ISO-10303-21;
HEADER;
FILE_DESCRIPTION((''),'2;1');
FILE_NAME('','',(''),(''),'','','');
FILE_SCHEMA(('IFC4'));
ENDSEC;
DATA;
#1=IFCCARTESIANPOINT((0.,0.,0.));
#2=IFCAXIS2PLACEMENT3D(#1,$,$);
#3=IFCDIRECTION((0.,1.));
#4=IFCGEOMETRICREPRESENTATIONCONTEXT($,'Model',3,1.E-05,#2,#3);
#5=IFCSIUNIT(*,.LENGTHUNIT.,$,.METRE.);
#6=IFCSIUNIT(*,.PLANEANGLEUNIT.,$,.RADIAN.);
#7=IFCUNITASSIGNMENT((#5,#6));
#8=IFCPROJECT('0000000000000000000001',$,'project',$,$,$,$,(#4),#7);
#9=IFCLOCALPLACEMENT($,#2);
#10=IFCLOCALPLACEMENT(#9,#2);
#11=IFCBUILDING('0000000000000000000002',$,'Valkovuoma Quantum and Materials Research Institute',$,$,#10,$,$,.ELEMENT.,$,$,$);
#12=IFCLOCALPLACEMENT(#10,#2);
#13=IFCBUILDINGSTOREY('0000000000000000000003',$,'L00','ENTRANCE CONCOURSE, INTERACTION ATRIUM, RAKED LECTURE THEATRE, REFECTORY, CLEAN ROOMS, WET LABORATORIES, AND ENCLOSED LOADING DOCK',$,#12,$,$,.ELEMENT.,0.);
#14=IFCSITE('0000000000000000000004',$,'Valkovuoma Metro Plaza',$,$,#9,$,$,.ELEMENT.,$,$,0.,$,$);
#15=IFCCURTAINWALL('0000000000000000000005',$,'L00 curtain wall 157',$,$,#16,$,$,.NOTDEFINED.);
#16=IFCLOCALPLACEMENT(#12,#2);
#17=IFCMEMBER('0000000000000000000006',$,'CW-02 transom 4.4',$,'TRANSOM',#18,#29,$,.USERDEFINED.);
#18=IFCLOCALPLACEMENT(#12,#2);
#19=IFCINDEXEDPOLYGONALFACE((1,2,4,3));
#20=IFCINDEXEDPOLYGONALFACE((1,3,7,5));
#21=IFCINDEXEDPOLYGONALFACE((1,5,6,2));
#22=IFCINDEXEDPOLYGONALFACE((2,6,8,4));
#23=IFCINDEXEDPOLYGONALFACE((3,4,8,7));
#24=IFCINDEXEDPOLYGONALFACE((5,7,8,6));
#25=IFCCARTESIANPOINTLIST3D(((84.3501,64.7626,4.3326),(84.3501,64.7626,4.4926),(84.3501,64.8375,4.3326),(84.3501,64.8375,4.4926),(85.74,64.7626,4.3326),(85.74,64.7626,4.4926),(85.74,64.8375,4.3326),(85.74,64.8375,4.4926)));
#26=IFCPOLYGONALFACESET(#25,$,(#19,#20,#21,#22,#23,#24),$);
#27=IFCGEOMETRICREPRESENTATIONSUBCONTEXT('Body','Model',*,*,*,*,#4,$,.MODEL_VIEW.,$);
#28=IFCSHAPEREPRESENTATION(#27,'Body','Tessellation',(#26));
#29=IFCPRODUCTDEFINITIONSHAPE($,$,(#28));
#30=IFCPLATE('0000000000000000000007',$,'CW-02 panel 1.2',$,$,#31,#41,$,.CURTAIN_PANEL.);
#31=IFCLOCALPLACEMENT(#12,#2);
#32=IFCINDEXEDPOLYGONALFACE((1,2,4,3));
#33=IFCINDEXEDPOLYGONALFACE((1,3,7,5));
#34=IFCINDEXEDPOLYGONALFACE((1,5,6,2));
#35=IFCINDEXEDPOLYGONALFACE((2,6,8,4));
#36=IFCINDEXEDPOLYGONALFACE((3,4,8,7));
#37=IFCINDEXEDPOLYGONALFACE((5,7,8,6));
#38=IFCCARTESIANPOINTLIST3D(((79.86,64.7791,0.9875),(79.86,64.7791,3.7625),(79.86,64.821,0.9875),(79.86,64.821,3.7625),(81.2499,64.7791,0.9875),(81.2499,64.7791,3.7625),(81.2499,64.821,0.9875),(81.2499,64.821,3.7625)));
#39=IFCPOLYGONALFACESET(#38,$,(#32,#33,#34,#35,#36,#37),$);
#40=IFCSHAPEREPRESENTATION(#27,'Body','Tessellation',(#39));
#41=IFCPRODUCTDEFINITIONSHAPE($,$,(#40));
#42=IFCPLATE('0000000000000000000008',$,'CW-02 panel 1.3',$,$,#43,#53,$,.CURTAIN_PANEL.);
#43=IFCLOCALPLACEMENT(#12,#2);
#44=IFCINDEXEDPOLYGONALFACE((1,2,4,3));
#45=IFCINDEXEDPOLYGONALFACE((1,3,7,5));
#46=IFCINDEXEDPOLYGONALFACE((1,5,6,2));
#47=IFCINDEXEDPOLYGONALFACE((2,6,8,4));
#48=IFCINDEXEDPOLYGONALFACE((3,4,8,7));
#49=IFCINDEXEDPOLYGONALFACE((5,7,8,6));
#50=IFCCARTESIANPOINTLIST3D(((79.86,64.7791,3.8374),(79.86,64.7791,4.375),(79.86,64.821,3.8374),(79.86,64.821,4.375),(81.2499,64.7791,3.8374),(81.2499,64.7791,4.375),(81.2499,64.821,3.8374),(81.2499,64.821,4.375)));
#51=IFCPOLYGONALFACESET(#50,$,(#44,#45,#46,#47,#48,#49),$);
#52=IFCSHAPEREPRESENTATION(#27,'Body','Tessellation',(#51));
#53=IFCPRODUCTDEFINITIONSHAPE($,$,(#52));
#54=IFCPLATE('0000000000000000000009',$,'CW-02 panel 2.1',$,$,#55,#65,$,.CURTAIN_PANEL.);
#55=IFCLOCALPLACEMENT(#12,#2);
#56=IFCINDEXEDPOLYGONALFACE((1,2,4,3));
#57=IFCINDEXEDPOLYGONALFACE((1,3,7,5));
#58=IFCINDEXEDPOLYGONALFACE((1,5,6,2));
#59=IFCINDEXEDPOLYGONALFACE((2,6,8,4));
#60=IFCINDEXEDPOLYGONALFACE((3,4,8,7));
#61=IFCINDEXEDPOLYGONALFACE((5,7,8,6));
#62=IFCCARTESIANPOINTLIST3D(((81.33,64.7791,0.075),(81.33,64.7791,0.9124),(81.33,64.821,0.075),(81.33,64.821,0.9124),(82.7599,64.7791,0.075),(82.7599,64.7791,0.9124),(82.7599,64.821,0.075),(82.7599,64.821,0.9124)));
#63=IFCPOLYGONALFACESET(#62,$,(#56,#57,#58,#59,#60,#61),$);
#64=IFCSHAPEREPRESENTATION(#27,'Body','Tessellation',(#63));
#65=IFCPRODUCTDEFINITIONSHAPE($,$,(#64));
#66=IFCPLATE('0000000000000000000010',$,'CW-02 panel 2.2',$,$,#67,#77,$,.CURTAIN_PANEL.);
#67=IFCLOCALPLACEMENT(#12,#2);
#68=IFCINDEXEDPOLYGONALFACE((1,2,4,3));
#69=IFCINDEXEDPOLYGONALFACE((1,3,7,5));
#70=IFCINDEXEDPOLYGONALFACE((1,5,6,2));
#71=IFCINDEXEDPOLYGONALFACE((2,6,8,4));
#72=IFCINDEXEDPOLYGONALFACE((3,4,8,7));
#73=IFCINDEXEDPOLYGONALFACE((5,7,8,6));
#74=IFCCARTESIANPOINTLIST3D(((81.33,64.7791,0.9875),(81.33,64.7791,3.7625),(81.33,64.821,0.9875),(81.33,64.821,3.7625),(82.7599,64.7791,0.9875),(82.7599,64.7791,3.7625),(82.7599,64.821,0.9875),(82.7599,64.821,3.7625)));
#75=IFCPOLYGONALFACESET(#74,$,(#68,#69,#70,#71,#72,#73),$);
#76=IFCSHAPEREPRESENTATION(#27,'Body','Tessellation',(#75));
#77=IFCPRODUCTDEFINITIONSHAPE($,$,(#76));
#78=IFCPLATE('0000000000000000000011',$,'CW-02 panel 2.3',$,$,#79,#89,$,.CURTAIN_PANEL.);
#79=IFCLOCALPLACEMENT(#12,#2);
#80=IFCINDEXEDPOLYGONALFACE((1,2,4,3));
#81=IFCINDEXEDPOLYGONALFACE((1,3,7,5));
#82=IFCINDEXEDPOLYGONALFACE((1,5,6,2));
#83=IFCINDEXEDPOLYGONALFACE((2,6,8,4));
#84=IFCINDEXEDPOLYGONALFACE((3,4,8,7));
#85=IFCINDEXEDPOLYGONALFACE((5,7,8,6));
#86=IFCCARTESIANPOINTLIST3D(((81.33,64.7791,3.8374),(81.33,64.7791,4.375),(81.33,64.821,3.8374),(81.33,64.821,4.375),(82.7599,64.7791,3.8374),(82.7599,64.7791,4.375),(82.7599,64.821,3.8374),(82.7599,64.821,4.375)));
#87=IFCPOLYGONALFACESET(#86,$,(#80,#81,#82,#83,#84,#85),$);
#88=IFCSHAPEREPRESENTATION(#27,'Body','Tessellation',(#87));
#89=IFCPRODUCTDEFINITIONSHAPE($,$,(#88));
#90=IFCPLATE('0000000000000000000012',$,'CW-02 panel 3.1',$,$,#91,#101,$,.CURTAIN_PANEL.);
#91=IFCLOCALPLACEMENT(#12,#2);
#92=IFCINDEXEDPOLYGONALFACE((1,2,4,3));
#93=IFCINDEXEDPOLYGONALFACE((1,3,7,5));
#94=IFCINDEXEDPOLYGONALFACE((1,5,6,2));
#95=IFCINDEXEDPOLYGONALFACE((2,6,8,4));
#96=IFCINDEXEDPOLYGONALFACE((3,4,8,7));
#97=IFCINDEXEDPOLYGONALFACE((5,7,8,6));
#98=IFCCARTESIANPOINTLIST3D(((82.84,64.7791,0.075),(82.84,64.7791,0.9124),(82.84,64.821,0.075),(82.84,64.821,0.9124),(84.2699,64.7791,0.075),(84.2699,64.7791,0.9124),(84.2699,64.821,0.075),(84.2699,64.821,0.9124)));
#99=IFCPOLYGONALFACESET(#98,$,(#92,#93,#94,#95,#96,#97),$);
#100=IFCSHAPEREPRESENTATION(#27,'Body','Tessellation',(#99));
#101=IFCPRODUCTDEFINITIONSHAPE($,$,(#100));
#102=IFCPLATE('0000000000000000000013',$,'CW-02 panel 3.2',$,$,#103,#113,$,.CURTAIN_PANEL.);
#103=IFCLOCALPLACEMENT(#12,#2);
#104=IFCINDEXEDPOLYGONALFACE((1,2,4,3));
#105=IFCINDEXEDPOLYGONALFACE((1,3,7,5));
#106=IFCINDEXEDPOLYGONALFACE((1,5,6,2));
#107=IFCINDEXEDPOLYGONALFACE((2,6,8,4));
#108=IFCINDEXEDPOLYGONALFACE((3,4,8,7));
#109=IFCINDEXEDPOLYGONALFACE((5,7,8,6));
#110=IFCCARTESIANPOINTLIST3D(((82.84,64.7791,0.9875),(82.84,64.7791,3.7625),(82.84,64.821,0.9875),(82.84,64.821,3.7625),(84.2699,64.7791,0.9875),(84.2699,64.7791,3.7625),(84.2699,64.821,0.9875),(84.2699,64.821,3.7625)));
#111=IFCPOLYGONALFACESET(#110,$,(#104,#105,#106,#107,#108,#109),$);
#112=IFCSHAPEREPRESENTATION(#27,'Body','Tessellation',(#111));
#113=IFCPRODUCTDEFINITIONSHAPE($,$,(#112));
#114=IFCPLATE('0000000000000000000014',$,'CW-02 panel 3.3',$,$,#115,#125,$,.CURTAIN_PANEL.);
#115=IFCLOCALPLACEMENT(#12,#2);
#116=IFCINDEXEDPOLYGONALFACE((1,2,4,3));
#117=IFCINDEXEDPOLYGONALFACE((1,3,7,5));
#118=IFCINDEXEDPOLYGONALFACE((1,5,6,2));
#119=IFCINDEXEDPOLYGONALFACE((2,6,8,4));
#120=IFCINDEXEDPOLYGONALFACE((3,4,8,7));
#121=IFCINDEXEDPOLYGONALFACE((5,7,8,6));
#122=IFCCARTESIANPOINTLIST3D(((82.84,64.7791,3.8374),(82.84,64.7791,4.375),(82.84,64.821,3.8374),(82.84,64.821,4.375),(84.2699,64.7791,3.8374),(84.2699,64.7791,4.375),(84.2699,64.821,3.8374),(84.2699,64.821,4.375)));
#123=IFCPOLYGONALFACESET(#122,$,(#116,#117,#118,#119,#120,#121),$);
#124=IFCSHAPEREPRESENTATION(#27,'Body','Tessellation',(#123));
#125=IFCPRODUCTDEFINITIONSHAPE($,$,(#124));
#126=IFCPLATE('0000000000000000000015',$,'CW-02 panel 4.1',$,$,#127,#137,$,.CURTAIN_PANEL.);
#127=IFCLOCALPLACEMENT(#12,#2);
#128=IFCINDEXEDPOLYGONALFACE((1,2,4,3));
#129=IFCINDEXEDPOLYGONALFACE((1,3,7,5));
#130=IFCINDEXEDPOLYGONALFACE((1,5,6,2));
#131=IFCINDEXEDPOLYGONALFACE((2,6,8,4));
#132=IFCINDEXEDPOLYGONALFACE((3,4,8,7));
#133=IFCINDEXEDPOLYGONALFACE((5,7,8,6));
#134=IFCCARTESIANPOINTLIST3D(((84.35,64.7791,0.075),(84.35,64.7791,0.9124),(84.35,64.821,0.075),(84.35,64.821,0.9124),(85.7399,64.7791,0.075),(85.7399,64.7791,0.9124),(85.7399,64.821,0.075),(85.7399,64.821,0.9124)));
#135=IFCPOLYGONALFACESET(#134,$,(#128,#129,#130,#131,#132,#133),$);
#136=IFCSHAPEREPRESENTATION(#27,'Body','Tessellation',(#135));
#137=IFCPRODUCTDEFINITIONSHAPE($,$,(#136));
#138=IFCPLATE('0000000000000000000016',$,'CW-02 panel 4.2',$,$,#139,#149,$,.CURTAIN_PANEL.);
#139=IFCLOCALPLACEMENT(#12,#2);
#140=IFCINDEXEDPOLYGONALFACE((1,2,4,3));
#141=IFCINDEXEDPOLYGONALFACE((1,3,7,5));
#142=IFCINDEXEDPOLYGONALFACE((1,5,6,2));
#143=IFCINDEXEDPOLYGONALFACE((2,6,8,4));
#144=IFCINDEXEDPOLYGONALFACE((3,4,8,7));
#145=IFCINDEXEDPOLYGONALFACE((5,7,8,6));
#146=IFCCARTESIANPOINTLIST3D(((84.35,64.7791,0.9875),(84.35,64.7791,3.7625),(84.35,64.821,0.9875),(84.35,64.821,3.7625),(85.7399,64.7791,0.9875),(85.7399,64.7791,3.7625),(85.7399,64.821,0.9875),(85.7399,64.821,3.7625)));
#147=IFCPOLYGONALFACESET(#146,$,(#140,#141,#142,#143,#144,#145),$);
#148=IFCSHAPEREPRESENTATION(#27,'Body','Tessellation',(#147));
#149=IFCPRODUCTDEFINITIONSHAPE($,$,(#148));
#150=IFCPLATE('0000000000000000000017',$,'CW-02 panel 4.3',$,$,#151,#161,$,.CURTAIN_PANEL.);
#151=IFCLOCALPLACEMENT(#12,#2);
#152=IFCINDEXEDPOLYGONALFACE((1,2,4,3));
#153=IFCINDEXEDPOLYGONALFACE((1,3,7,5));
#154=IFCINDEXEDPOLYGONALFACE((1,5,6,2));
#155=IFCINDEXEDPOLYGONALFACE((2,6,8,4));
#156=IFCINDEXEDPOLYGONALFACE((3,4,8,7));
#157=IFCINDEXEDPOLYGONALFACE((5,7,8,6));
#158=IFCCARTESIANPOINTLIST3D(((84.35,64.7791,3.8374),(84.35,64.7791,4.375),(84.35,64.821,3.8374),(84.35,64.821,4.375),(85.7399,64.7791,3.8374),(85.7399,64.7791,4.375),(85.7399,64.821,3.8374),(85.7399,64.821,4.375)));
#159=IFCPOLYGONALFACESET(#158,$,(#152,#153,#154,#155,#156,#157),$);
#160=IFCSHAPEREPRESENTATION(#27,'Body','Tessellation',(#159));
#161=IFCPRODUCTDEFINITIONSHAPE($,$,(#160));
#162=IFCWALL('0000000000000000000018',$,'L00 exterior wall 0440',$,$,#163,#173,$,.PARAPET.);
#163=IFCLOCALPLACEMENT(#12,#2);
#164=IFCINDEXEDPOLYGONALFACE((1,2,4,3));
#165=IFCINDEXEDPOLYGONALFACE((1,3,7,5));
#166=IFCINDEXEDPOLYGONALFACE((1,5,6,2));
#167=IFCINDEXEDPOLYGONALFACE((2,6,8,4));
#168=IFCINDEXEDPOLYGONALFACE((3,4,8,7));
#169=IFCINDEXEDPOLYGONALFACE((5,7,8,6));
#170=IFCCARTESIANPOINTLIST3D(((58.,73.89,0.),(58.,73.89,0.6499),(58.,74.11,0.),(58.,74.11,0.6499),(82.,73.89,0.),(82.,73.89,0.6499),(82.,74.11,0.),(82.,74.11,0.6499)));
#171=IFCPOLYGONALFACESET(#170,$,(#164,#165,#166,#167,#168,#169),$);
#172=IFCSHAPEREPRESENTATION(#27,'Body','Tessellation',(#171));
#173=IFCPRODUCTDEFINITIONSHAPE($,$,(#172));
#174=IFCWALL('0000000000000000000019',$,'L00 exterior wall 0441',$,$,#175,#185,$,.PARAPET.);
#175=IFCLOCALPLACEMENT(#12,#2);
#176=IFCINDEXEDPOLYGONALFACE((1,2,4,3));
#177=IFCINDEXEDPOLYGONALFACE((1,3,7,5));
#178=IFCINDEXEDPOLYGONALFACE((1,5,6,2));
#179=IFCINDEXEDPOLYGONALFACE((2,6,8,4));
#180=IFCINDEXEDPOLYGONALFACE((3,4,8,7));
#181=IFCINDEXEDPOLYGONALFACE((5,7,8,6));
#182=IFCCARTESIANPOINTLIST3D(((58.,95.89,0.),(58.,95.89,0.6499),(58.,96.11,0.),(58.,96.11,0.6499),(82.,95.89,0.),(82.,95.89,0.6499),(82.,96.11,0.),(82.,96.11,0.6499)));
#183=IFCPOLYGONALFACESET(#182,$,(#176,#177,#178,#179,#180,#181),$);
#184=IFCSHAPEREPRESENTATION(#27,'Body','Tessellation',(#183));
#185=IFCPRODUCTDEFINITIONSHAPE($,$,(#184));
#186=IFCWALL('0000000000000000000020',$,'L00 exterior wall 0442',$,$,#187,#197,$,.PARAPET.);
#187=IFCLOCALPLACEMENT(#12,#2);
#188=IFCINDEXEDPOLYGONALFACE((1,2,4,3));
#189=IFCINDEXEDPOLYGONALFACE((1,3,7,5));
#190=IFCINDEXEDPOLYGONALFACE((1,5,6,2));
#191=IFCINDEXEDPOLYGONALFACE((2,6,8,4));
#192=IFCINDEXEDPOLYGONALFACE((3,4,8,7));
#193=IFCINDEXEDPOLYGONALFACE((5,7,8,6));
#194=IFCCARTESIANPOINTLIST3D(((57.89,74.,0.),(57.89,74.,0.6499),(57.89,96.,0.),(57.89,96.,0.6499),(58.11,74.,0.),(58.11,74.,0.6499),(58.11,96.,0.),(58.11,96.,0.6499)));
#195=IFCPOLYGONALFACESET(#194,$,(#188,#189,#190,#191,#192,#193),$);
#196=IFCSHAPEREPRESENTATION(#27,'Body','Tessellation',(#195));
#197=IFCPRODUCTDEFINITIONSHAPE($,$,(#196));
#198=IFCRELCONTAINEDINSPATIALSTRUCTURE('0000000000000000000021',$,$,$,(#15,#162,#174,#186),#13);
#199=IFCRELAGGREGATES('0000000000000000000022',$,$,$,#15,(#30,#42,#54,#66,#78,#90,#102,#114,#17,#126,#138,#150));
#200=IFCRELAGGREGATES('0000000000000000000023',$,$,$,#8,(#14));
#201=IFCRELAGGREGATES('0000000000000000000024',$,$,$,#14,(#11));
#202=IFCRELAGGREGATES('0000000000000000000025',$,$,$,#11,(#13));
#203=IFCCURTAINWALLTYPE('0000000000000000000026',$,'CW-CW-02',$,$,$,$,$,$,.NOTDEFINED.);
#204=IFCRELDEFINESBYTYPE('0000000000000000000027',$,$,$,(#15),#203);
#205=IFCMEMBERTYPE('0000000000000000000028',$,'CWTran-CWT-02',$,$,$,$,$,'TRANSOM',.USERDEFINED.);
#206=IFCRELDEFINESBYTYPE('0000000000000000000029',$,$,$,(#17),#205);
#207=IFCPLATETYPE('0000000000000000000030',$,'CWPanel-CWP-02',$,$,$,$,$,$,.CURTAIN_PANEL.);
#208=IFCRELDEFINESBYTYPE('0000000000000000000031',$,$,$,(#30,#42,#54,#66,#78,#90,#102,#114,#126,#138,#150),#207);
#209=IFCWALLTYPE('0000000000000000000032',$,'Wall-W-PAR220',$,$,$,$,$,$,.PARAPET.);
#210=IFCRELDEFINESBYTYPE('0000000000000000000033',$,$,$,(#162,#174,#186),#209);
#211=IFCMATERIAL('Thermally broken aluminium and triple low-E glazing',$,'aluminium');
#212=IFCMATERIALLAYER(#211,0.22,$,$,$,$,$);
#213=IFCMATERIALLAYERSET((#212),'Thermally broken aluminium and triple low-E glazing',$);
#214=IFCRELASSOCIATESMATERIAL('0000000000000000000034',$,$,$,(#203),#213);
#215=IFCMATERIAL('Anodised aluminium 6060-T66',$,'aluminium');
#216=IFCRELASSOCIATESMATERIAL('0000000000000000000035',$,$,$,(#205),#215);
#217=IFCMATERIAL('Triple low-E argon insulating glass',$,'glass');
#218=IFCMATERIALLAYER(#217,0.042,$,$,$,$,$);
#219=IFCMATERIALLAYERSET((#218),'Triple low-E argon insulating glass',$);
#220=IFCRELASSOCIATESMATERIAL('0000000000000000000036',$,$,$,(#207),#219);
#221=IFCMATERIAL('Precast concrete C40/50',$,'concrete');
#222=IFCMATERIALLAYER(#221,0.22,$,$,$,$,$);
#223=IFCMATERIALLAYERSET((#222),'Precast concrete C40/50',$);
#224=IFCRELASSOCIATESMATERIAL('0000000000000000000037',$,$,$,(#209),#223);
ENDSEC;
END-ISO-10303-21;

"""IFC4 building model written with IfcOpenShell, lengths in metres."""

from ifc_helpers import new_model, si_unit, direction, frame, frame_2d, origin, origin_2d, place, context, subcontext, project, spatial, rectangle, extrude, material, layer, layer_set, material_profile, profile_set, type_object, element, aggregate, save


model = new_model("IFC4")

# Units and contexts
model_context = context("Model", 3, precision=1e-05, world=origin(), true_north=direction((0.0, 1.0)))
body_context = subcontext(model_context, "Body", "Model", "MODEL_VIEW")
ifc_project = project(units=[si_unit("LENGTHUNIT", "METRE"), si_unit("PLANEANGLEUNIT", "RADIAN")], contexts=[model_context])

# Site, building, storey
site_placement = place(None, origin())
site = spatial("IfcSite", under=ifc_project, at=site_placement, Name="Valkovuoma Metro Plaza", CompositionType="ELEMENT", RefElevation=0.0)
building_placement = place(site_placement, origin())
building = spatial("IfcBuilding", under=site, at=building_placement, Name="Valkovuoma Quantum and Materials Research Institute", CompositionType="ELEMENT")
storey_placement = place(building_placement, origin())
storey = spatial("IfcBuildingStorey", under=building, at=storey_placement, Name="L00", Description="ENTRANCE CONCOURSE, INTERACTION ATRIUM, RAKED LECTURE THEATRE, REFECTORY, CLEAN ROOMS, WET LABORATORIES, AND ENCLOSED LOADING DOCK", CompositionType="ELEMENT", Elevation=0.0)

# Curtain wall, member, plates
ifc_material_1 = material(Name="Thermally broken aluminium and triple low-E glazing", Category="aluminium")
ifc_layer_1 = layer(ifc_material_1, 0.22)
ifc_layer_set_1 = layer_set([ifc_layer_1], Name="Thermally broken aluminium and triple low-E glazing")
curtain_wall_type = type_object("IfcCurtainWallType", Name="CW-CW-02", PredefinedType="NOTDEFINED", material=ifc_layer_set_1)
curtain_wall_placement = place(storey_placement, origin())
curtain_wall = element("IfcCurtainWall", 1, at=curtain_wall_placement, inside=storey, type_object=curtain_wall_type, Name="L00 curtain wall 157", PredefinedType="NOTDEFINED")
ifc_material_2 = material(Name="Anodised aluminium 6060-T66", Category="aluminium")
ifc_material_profile_1 = material_profile(ifc_material_2, rectangle(XDim=0.075, YDim=0.1599, at=origin_2d()), Name="Anodised aluminium 6060-T66")
ifc_profile_set_1 = profile_set([ifc_material_profile_1], Name="Anodised aluminium 6060-T66")
member_type_1 = type_object("IfcMemberType", Name="CWTran-CWT-02", ElementType="TRANSOM", PredefinedType="USERDEFINED", material=ifc_profile_set_1)
member_1_placement = place(storey_placement, frame((84.3501, 64.8, 4.4126), z_axis=(1.0, 0.0, 0.0), x_axis=(0.0, 1.0, 0.0)))
member_1 = element("IfcMember", 2, at=member_1_placement, type_object=member_type_1, Name="CW-02 transom 4.4", ObjectType="TRANSOM", PredefinedType="USERDEFINED", context=body_context, shape_type="SweptSolid", body=[
    extrude(rectangle(XDim=0.075, YDim=0.1599, at=origin_2d()), origin(), (0.0, 0.0, 1.0), 1.3899),
])
ifc_material_3 = material(Name="Triple low-E argon insulating glass", Category="glass")
ifc_layer_2 = layer(ifc_material_3, 0.042)
ifc_layer_set_2 = layer_set([ifc_layer_2], Name="Triple low-E argon insulating glass")
plate_type = type_object("IfcPlateType", Name="CWPanel-CWP-02", PredefinedType="CURTAIN_PANEL", material=ifc_layer_set_2)
plate_1_placement = place(storey_placement, frame((80.5549, 64.8, 0.9875), z_axis=(0.0, 0.0, 1.0), x_axis=(1.0, 0.0, 0.0)))
plate_1 = element("IfcPlate", 3, at=plate_1_placement, type_object=plate_type, Name="CW-02 panel 1.2", PredefinedType="CURTAIN_PANEL", context=body_context, shape_type="SweptSolid", body=[
    extrude(rectangle(XDim=1.3899, YDim=0.042, at=origin_2d()), origin(), (0.0, 0.0, 1.0), 2.7749),
])
plate_2_placement = place(storey_placement, frame((80.5549, 64.8, 3.8374), z_axis=(0.0, 0.0, 1.0), x_axis=(1.0, 0.0, 0.0)))
plate_2 = element("IfcPlate", 4, at=plate_2_placement, type_object=plate_type, Name="CW-02 panel 1.3", PredefinedType="CURTAIN_PANEL", context=body_context, shape_type="SweptSolid", body=[
    extrude(rectangle(XDim=1.3899, YDim=0.042, at=origin_2d()), origin(), (0.0, 0.0, 1.0), 0.5376),
])
plate_3_placement = place(storey_placement, frame((82.0449, 64.8, 0.075), z_axis=(0.0, 0.0, 1.0), x_axis=(1.0, 0.0, 0.0)))
plate_3 = element("IfcPlate", 5, at=plate_3_placement, type_object=plate_type, Name="CW-02 panel 2.1", PredefinedType="CURTAIN_PANEL", context=body_context, shape_type="SweptSolid", body=[
    extrude(rectangle(XDim=1.4299, YDim=0.042, at=origin_2d()), origin(), (0.0, 0.0, 1.0), 0.8374),
])
plate_4_placement = place(storey_placement, frame((82.0449, 64.8, 0.9875), z_axis=(0.0, 0.0, 1.0), x_axis=(1.0, 0.0, 0.0)))
plate_4 = element("IfcPlate", 6, at=plate_4_placement, type_object=plate_type, Name="CW-02 panel 2.2", PredefinedType="CURTAIN_PANEL", context=body_context, shape_type="SweptSolid", body=[
    extrude(rectangle(XDim=1.4299, YDim=0.042, at=origin_2d()), origin(), (0.0, 0.0, 1.0), 2.7749),
])
plate_5_placement = place(storey_placement, frame((82.0449, 64.8, 3.8374), z_axis=(0.0, 0.0, 1.0), x_axis=(1.0, 0.0, 0.0)))
plate_5 = element("IfcPlate", 7, at=plate_5_placement, type_object=plate_type, Name="CW-02 panel 2.3", PredefinedType="CURTAIN_PANEL", context=body_context, shape_type="SweptSolid", body=[
    extrude(rectangle(XDim=1.4299, YDim=0.042, at=origin_2d()), origin(), (0.0, 0.0, 1.0), 0.5376),
])
plate_6_placement = place(storey_placement, frame((83.5549, 64.8, 0.075), z_axis=(0.0, 0.0, 1.0), x_axis=(1.0, 0.0, 0.0)))
plate_6 = element("IfcPlate", 8, at=plate_6_placement, type_object=plate_type, Name="CW-02 panel 3.1", PredefinedType="CURTAIN_PANEL", context=body_context, shape_type="SweptSolid", body=[
    extrude(rectangle(XDim=1.4299, YDim=0.042, at=origin_2d()), origin(), (0.0, 0.0, 1.0), 0.8374),
])
plate_7_placement = place(storey_placement, frame((83.5549, 64.8, 0.9875), z_axis=(0.0, 0.0, 1.0), x_axis=(1.0, 0.0, 0.0)))
plate_7 = element("IfcPlate", 9, at=plate_7_placement, type_object=plate_type, Name="CW-02 panel 3.2", PredefinedType="CURTAIN_PANEL", context=body_context, shape_type="SweptSolid", body=[
    extrude(rectangle(XDim=1.4299, YDim=0.042, at=origin_2d()), origin(), (0.0, 0.0, 1.0), 2.7749),
])
plate_8_placement = place(storey_placement, frame((83.5549, 64.8, 3.8374), z_axis=(0.0, 0.0, 1.0), x_axis=(1.0, 0.0, 0.0)))
plate_8 = element("IfcPlate", 10, at=plate_8_placement, type_object=plate_type, Name="CW-02 panel 3.3", PredefinedType="CURTAIN_PANEL", context=body_context, shape_type="SweptSolid", body=[
    extrude(rectangle(XDim=1.4299, YDim=0.042, at=origin_2d()), origin(), (0.0, 0.0, 1.0), 0.5376),
])
plate_9_placement = place(storey_placement, frame((85.0449, 64.8, 0.075), z_axis=(0.0, 0.0, 1.0), x_axis=(1.0, 0.0, 0.0)))
plate_9 = element("IfcPlate", 11, at=plate_9_placement, type_object=plate_type, Name="CW-02 panel 4.1", PredefinedType="CURTAIN_PANEL", context=body_context, shape_type="SweptSolid", body=[
    extrude(rectangle(XDim=1.3899, YDim=0.042, at=origin_2d()), origin(), (0.0, 0.0, 1.0), 0.8374),
])
plate_10_placement = place(storey_placement, frame((85.0449, 64.8, 0.9875), z_axis=(0.0, 0.0, 1.0), x_axis=(1.0, 0.0, 0.0)))
plate_10 = element("IfcPlate", 12, at=plate_10_placement, type_object=plate_type, Name="CW-02 panel 4.2", PredefinedType="CURTAIN_PANEL", context=body_context, shape_type="SweptSolid", body=[
    extrude(rectangle(XDim=1.3899, YDim=0.042, at=origin_2d()), origin(), (0.0, 0.0, 1.0), 2.7749),
])
plate_11_placement = place(storey_placement, frame((85.0449, 64.8, 3.8374), z_axis=(0.0, 0.0, 1.0), x_axis=(1.0, 0.0, 0.0)))
plate_11 = element("IfcPlate", 13, at=plate_11_placement, type_object=plate_type, Name="CW-02 panel 4.3", PredefinedType="CURTAIN_PANEL", context=body_context, shape_type="SweptSolid", body=[
    extrude(rectangle(XDim=1.3899, YDim=0.042, at=origin_2d()), origin(), (0.0, 0.0, 1.0), 0.5376),
])
aggregate(curtain_wall, [plate_1, plate_2, plate_3, plate_4, plate_5, plate_6, plate_7, plate_8, member_1, plate_9, plate_10, plate_11])

# Walls
ifc_material_4 = material(Name="Precast concrete C40/50", Category="concrete")
ifc_layer_3 = layer(ifc_material_4, 0.22)
ifc_layer_set_3 = layer_set([ifc_layer_3], Name="Precast concrete C40/50")
wall_type = type_object("IfcWallType", Name="Wall-W-PAR220", PredefinedType="PARAPET", material=ifc_layer_set_3)
for number, where, z_axis, x_axis, name in (
    (14, (58.0, 74.0, 0.0), (0.0, 0.0, 1.0), (1.0, 0.0, 0.0), "L00 exterior wall 0440"),
    (15, (58.0, 96.0, 0.0), (0.0, 0.0, 1.0), (1.0, 0.0, 0.0), "L00 exterior wall 0441"),
):
    element("IfcWall", number, at=place(storey_placement, frame(where, z_axis=z_axis, x_axis=x_axis)), inside=storey, type_object=wall_type, Name=name, PredefinedType="PARAPET", context=body_context, shape_type="SweptSolid", body=[
        extrude(rectangle(XDim=24.0, YDim=0.22, at=frame_2d((12.0, 0.0))), origin(), (0.0, 0.0, 1.0), 0.6499),
    ])
for number, where, z_axis, x_axis, name in (
    (16, (58.0, 74.0, 0.0), (0.0, 0.0, 1.0), (0.0, 1.0, 0.0), "L00 exterior wall 0442"),
):
    element("IfcWall", number, at=place(storey_placement, frame(where, z_axis=z_axis, x_axis=x_axis)), inside=storey, type_object=wall_type, Name=name, PredefinedType="PARAPET", context=body_context, shape_type="SweptSolid", body=[
        extrude(rectangle(XDim=22.0, YDim=0.22, at=frame_2d((11.0, 0.0))), origin(), (0.0, 0.0, 1.0), 0.6499),
    ])

save(model, "model.ifc")
